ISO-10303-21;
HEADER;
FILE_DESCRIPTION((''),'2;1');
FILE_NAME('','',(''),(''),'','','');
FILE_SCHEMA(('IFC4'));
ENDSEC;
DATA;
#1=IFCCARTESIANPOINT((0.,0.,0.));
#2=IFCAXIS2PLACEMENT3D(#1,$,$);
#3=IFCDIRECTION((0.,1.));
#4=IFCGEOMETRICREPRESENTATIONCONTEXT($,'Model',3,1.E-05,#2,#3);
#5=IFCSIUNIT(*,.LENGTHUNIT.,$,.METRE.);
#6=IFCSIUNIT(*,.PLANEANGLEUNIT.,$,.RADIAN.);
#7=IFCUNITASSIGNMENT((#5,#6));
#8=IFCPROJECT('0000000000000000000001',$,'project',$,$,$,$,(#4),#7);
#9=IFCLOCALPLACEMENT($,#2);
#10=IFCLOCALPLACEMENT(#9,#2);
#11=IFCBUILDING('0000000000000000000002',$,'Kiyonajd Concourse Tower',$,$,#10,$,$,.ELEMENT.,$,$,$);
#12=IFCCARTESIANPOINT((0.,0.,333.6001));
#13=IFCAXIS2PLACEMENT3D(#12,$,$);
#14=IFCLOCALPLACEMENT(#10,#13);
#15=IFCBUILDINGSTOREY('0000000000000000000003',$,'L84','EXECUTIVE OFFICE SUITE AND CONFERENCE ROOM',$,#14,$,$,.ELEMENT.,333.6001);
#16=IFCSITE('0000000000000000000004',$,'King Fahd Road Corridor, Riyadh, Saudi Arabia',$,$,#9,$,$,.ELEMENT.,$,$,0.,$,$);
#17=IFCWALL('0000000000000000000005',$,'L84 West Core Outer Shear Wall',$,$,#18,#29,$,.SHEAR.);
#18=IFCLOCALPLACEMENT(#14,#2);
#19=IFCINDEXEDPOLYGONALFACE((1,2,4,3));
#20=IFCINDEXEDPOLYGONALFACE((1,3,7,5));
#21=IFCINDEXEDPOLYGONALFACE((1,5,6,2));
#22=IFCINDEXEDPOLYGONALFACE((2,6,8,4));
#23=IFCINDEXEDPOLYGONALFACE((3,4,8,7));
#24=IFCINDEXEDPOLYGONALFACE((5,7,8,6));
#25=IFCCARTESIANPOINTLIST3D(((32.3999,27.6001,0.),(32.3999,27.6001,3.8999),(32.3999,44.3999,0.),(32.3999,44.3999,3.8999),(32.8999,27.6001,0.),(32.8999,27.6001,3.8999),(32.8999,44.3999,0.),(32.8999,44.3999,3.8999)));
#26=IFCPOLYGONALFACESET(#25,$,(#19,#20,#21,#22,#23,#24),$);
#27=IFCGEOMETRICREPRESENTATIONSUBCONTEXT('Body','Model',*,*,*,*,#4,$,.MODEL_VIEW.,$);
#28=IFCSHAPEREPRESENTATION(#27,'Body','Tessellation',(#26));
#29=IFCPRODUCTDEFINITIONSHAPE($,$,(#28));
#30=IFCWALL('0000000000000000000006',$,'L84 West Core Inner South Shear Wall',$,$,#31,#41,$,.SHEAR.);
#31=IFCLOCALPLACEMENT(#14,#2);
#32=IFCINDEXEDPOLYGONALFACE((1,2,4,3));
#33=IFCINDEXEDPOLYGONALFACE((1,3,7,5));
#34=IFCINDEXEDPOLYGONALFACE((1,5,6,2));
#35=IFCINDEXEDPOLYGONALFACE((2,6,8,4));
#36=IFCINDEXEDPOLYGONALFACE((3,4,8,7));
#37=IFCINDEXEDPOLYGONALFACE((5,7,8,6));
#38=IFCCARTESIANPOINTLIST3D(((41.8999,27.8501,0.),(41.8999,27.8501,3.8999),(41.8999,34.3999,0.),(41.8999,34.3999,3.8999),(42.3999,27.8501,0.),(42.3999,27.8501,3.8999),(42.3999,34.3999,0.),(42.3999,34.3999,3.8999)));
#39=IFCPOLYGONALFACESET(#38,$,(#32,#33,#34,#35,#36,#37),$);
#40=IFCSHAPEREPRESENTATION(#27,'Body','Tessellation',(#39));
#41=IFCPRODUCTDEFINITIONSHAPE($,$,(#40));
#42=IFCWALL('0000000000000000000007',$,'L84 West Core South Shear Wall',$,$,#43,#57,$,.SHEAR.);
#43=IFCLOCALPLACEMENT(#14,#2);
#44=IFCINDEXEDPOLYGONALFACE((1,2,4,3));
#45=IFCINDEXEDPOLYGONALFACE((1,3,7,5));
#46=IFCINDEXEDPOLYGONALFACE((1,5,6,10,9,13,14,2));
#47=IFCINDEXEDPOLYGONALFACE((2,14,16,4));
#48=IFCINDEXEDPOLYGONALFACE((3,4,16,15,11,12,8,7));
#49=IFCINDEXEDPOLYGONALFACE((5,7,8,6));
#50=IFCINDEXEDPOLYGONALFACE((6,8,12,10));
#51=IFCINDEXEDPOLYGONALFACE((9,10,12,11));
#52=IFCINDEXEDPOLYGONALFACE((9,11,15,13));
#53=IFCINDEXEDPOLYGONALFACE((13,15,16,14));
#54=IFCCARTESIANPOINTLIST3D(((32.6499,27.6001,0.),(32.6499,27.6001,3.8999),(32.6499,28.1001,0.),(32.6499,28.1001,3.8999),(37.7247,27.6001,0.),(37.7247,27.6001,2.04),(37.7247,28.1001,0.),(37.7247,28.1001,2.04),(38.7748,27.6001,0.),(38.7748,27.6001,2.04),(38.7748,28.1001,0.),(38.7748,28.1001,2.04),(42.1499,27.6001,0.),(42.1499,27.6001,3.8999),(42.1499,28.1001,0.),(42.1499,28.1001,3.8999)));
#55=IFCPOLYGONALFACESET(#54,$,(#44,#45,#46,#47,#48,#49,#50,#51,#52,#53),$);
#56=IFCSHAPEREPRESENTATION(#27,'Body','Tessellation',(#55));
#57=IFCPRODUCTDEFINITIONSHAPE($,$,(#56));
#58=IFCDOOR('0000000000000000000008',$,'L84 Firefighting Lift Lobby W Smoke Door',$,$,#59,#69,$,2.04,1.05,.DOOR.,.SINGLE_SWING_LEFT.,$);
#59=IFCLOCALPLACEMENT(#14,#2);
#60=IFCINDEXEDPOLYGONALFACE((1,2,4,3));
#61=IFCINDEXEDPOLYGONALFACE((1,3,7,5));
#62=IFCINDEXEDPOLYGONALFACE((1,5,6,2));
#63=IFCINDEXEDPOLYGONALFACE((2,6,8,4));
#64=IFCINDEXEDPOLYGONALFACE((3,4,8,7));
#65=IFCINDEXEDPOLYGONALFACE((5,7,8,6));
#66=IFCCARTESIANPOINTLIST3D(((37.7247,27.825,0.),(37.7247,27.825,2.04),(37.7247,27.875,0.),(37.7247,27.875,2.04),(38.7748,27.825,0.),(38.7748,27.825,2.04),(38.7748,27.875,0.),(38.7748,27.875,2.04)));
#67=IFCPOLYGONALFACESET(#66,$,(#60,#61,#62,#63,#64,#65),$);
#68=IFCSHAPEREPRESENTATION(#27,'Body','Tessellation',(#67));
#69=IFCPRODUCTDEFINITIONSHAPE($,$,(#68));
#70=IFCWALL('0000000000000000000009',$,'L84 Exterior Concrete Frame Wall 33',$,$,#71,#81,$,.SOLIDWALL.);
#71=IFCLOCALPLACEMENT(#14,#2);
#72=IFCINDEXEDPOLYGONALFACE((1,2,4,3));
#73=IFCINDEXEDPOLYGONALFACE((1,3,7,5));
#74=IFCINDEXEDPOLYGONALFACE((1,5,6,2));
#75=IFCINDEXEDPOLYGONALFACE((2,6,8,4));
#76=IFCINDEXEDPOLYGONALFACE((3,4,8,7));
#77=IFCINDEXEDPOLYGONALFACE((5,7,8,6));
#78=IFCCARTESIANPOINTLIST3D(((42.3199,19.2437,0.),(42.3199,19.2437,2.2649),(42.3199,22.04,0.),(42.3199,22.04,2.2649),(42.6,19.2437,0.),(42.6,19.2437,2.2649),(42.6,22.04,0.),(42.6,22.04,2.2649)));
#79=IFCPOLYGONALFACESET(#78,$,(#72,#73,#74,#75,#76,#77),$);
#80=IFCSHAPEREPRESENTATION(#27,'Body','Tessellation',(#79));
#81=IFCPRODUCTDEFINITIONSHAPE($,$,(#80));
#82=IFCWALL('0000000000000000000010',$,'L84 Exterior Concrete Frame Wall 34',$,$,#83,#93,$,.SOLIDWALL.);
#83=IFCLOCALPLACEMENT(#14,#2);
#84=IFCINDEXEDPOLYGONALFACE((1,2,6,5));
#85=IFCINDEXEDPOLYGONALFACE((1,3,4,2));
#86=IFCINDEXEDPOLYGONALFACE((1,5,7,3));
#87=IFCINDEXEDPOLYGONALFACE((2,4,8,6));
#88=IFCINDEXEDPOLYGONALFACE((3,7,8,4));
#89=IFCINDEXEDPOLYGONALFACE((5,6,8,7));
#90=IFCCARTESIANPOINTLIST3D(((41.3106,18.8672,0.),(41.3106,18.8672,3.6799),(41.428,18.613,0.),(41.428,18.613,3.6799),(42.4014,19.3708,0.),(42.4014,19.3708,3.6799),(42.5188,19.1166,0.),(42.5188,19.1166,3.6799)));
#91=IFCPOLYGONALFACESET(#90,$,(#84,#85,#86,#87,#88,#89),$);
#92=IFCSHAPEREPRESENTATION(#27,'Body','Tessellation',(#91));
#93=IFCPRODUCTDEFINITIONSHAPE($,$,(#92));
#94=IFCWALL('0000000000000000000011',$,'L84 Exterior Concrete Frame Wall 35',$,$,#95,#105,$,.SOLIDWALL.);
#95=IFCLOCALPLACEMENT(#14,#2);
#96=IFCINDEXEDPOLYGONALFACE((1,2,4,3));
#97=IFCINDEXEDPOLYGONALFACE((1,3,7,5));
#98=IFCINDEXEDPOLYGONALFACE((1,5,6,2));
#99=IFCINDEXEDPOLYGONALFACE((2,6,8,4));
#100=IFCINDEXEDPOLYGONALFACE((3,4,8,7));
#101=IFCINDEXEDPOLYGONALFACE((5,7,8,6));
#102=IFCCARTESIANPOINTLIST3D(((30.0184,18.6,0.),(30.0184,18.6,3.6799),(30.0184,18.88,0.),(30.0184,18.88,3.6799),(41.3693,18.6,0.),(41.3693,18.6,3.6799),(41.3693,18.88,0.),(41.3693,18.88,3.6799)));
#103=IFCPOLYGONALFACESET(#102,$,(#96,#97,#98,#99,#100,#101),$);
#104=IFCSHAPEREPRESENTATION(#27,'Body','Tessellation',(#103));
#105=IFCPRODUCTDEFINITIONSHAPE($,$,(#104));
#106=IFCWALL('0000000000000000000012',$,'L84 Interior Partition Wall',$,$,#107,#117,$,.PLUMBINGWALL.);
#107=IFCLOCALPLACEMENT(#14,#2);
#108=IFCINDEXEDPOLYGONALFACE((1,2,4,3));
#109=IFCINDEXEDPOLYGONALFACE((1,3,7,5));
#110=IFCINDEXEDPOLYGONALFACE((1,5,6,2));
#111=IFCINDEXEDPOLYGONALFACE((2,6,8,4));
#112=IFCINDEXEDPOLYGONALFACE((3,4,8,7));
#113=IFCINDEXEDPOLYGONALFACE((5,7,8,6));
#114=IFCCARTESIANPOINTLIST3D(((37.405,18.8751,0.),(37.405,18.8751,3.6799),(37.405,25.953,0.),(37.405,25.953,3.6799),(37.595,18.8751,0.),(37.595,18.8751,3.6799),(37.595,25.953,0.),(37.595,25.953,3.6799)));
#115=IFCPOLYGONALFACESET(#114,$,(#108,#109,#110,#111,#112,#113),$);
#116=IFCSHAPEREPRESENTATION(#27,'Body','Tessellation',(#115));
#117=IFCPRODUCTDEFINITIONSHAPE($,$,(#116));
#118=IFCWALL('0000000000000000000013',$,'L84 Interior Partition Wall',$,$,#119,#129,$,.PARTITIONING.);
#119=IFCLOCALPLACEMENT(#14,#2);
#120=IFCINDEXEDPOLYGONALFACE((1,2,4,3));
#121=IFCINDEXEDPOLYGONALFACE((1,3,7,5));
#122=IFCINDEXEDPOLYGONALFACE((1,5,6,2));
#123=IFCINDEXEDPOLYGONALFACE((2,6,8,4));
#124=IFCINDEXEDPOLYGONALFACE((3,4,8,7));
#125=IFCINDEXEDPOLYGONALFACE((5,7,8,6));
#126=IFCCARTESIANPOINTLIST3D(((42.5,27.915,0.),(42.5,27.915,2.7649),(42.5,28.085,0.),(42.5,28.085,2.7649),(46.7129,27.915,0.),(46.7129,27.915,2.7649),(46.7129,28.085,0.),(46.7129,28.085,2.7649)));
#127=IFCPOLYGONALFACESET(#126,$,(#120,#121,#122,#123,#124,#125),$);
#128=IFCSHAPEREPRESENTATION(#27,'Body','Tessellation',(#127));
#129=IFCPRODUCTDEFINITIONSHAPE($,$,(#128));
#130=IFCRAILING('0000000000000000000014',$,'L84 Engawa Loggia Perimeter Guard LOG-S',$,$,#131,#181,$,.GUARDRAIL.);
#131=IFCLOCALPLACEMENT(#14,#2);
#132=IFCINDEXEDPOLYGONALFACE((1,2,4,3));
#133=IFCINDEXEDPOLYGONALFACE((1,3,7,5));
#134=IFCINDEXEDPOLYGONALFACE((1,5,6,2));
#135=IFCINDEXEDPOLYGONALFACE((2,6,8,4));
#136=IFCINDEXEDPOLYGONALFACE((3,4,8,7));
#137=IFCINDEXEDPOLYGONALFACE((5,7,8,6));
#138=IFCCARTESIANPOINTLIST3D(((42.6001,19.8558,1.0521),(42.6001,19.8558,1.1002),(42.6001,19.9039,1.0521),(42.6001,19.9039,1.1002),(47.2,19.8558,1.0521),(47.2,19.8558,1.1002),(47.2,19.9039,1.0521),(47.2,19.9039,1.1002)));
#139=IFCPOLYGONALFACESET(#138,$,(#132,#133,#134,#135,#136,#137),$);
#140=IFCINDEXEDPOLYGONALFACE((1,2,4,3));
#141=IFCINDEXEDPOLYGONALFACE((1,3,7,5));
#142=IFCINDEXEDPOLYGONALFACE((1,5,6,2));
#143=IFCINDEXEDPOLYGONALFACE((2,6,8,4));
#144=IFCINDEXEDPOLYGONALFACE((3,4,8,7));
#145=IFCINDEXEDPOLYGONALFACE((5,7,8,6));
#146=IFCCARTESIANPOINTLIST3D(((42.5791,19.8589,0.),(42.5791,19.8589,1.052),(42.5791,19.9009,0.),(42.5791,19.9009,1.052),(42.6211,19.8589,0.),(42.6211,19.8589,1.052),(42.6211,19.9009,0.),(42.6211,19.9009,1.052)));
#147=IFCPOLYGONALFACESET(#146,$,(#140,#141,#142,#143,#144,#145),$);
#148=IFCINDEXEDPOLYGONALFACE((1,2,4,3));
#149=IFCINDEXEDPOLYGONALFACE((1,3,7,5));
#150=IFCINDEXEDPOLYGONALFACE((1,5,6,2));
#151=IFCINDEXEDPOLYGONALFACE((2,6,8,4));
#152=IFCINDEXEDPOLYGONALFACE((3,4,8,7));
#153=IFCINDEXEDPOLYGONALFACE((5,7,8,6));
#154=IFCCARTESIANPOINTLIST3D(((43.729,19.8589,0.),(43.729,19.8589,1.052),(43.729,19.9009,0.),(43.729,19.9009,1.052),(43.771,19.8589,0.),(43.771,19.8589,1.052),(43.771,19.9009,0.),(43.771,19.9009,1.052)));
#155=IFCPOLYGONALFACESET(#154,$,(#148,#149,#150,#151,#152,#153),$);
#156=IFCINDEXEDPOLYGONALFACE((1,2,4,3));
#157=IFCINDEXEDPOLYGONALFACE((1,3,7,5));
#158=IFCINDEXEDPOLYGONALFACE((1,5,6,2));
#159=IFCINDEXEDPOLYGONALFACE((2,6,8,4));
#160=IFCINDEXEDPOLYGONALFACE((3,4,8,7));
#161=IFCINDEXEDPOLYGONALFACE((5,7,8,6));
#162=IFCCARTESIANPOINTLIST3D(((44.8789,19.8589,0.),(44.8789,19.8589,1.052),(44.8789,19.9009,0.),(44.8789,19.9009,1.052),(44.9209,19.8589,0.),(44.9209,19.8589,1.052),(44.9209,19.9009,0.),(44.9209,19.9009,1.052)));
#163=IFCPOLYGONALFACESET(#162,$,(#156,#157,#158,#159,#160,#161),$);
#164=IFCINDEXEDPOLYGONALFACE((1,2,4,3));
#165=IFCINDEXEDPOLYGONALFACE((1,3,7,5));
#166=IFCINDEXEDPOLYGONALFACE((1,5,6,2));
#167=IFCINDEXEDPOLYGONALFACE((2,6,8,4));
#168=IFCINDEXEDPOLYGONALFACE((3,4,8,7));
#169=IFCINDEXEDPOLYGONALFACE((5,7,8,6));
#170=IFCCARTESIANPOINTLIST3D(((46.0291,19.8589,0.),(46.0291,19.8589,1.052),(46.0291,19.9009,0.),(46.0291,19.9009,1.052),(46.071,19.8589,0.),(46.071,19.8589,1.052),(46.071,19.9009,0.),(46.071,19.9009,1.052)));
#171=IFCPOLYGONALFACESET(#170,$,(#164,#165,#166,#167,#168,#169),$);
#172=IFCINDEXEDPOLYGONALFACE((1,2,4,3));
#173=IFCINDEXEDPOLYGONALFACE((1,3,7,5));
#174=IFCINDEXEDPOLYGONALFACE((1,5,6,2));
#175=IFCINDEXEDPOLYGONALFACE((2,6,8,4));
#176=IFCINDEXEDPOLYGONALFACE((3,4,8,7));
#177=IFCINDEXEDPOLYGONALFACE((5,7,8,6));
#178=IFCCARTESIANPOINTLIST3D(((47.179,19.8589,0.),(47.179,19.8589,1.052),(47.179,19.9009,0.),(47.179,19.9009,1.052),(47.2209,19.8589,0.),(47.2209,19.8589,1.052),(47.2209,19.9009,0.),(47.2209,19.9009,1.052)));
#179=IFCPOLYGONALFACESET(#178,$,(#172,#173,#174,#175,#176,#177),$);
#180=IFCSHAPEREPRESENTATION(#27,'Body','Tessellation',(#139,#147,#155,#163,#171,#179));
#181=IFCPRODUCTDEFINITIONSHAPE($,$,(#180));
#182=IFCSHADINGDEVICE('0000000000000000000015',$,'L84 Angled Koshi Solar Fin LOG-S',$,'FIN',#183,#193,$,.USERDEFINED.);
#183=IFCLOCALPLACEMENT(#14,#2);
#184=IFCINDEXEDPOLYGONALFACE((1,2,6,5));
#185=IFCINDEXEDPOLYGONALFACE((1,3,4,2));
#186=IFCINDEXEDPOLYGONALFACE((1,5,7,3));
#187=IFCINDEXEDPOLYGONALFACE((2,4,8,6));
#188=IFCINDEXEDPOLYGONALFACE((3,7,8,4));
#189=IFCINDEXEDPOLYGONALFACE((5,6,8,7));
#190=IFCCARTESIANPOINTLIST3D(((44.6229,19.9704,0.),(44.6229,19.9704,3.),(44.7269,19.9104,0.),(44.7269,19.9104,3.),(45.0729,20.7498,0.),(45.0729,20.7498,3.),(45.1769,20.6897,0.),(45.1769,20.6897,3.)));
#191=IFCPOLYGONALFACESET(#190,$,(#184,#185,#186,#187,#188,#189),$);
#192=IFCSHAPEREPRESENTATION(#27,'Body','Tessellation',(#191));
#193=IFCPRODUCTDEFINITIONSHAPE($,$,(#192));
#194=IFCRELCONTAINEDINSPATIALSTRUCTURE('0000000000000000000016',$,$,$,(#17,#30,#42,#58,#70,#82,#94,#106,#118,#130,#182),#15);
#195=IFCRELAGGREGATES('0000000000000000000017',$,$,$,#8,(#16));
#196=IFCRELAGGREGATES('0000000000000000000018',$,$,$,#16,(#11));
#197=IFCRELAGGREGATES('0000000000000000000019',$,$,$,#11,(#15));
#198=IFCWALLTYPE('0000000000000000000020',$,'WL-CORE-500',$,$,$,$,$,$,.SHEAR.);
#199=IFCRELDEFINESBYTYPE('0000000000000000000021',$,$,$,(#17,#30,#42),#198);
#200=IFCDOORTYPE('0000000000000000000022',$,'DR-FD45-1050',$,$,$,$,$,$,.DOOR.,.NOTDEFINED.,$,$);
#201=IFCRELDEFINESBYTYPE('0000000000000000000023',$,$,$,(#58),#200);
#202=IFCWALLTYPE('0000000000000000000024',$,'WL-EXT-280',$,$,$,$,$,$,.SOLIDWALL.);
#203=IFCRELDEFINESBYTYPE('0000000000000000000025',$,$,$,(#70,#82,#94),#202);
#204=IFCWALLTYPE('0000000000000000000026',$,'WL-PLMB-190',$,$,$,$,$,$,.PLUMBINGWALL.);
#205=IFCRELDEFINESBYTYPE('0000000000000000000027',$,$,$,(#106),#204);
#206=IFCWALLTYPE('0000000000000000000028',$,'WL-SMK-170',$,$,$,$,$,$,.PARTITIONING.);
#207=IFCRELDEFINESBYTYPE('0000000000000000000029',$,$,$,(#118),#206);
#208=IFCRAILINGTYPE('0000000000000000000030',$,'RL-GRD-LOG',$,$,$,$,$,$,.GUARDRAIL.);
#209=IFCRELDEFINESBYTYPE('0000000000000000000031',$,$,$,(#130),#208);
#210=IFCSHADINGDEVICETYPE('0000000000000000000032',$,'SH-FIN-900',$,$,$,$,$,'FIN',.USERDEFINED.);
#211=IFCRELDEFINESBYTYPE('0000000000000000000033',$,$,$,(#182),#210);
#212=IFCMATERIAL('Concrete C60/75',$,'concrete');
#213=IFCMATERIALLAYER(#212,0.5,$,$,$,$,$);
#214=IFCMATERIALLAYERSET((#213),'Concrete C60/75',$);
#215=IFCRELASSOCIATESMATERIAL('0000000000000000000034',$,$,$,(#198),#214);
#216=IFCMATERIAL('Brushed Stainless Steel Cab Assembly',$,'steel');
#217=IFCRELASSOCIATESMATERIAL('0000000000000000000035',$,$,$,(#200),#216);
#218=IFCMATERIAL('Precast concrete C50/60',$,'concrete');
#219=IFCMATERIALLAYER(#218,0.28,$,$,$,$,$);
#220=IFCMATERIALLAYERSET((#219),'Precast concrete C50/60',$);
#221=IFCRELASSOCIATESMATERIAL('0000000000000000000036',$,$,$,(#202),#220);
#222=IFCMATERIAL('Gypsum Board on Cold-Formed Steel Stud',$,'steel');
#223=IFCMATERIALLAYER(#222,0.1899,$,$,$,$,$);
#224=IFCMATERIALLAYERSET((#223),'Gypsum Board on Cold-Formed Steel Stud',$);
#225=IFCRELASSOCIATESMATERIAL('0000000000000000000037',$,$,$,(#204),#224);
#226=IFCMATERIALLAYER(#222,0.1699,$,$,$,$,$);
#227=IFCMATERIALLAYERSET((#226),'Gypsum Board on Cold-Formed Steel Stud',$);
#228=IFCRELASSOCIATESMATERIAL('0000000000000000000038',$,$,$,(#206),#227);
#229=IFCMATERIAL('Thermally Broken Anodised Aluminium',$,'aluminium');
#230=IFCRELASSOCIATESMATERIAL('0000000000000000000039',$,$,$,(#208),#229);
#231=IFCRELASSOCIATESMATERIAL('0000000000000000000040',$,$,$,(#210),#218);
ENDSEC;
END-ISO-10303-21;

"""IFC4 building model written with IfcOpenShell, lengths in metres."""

from ifc_helpers import new_model, si_unit, direction, frame, frame_2d, origin, origin_2d, place, context, subcontext, project, spatial, rectangle, extrude, material, layer, layer_set, type_object, element, fill, save


model = new_model("IFC4")

# Units and contexts
model_context = context("Model", 3, precision=1e-05, world=origin(), true_north=direction((0.0, 1.0)))
body_context = subcontext(model_context, "Body", "Model", "MODEL_VIEW")
ifc_project = project(units=[si_unit("LENGTHUNIT", "METRE"), si_unit("PLANEANGLEUNIT", "RADIAN")], contexts=[model_context])

# Site, building, storey
site_placement = place(None, origin())
site = spatial("IfcSite", under=ifc_project, at=site_placement, Name="King Fahd Road Corridor, Riyadh, Saudi Arabia", CompositionType="ELEMENT", RefElevation=0.0)
building_placement = place(site_placement, origin())
building = spatial("IfcBuilding", under=site, at=building_placement, Name="Kiyonajd Concourse Tower", CompositionType="ELEMENT")
storey_placement = place(building_placement, frame((0.0, 0.0, 333.6001)))
storey = spatial("IfcBuildingStorey", under=building, at=storey_placement, Name="L84", Description="EXECUTIVE OFFICE SUITE AND CONFERENCE ROOM", CompositionType="ELEMENT", Elevation=333.6001)

# Shared definitions
ifc_material_1 = material(Name="Concrete C60/75", Category="concrete")

# Shared definitions
ifc_material_2 = material(Name="Thermally Broken Anodised Aluminium", Category="aluminium")

# Walls
ifc_layer_1 = layer(ifc_material_1, 0.5)
ifc_layer_set_1 = layer_set([ifc_layer_1], Name="Concrete C60/75")
wall_type_1 = type_object("IfcWallType", Name="WL-CORE-500", PredefinedType="SHEAR", material=ifc_layer_set_1)
wall_1_placement = place(storey_placement, frame((32.6499, 27.6001, 0.0), z_axis=(0.0, 0.0, 1.0), x_axis=(0.0, 1.0, 0.0)))
element("IfcWall", 1, at=wall_1_placement, inside=storey, type_object=wall_type_1, Name="L84 West Core Outer Shear Wall", PredefinedType="SHEAR", context=body_context, shape_type="SweptSolid", body=[
    extrude(rectangle(XDim=16.7998, YDim=0.5, at=frame_2d((8.3999, 0.0))), origin(), (0.0, 0.0, 1.0), 3.8999),
])
wall_2_placement = place(storey_placement, frame((42.1499, 27.8501, 0.0), z_axis=(0.0, 0.0, 1.0), x_axis=(0.0, 1.0, 0.0)))
element("IfcWall", 2, at=wall_2_placement, inside=storey, type_object=wall_type_1, Name="L84 West Core Inner South Shear Wall", PredefinedType="SHEAR", context=body_context, shape_type="SweptSolid", body=[
    extrude(rectangle(XDim=6.5498, YDim=0.5, at=frame_2d((3.2749, 0.0))), origin(), (0.0, 0.0, 1.0), 3.8999),
])

# Wall, opening, door
wall_3_placement = place(storey_placement, frame((32.6499, 27.8501, 0.0), z_axis=(0.0, 0.0, 1.0), x_axis=(1.0, 0.0, 0.0)))
wall_3 = element("IfcWall", 3, at=wall_3_placement, inside=storey, type_object=wall_type_1, Name="L84 West Core South Shear Wall", PredefinedType="SHEAR", context=body_context, shape_type="SweptSolid", body=[
    extrude(rectangle(XDim=9.5, YDim=0.5, at=frame_2d((4.75, 0.0))), origin(), (0.0, 0.0, 1.0), 3.8999),
])
opening_placement = place(wall_3_placement, frame((5.075, 0.0, 0.0)))
opening = element("IfcOpeningElement", 4, at=opening_placement, cuts=wall_3, PredefinedType="OPENING", context=body_context, shape_type="SweptSolid", body=[
    extrude(rectangle(XDim=1.05, YDim=2.04, at=frame_2d((0.5249, 1.02))), frame((0.0, 0.26, 0.0), z_axis=(0.0, -1.0, 0.0), x_axis=(1.0, 0.0, 0.0)), (0.0, 0.0, 1.0), 0.52),
])
ifc_material_3 = material(Name="Brushed Stainless Steel Cab Assembly", Category="steel")
door_type = type_object("IfcDoorType", Name="DR-FD45-1050", OperationType="NOTDEFINED", PredefinedType="DOOR", material=ifc_material_3)
door_placement = place(opening_placement, origin())
door = element("IfcDoor", 5, at=door_placement, inside=storey, type_object=door_type, Name="L84 Firefighting Lift Lobby W Smoke Door", OperationType="SINGLE_SWING_LEFT", OverallHeight=2.04, OverallWidth=1.05, PredefinedType="DOOR", context=body_context, shape_type="SweptSolid", body=[
    extrude(rectangle(XDim=1.05, YDim=2.04, at=frame_2d((0.5249, 1.02))), frame((0.0, 0.0249, 0.0), z_axis=(0.0, -1.0, 0.0), x_axis=(1.0, 0.0, 0.0)), (0.0, 0.0, 1.0), 0.05),
])
fill(opening, door)

# Walls
ifc_material_4 = material(Name="Precast concrete C50/60", Category="concrete")
ifc_layer_2 = layer(ifc_material_4, 0.28)
ifc_layer_set_2 = layer_set([ifc_layer_2], Name="Precast concrete C50/60")
wall_type_2 = type_object("IfcWallType", Name="WL-EXT-280", PredefinedType="SOLIDWALL", material=ifc_layer_set_2)
wall_4_placement = place(storey_placement, frame((42.46, 22.04, 0.0), z_axis=(0.0, 0.0, 1.0), x_axis=(0.0, -1.0, 0.0)))
element("IfcWall", 6, at=wall_4_placement, inside=storey, type_object=wall_type_2, Name="L84 Exterior Concrete Frame Wall 33", PredefinedType="SOLIDWALL", context=body_context, shape_type="SweptSolid", body=[
    extrude(rectangle(XDim=2.7964, YDim=0.28, at=frame_2d((1.3982, 0.0))), origin(), (0.0, 0.0, 1.0), 2.2649),
])
wall_5_placement = place(storey_placement, frame((42.46, 19.2437, 0.0), z_axis=(0.0, 0.0, 1.0), x_axis=(-0.907894, -0.4192, 0.0)))
element("IfcWall", 7, at=wall_5_placement, inside=storey, type_object=wall_type_2, Name="L84 Exterior Concrete Frame Wall 34", PredefinedType="SOLIDWALL", context=body_context, shape_type="SweptSolid", body=[
    extrude(rectangle(XDim=1.2014, YDim=0.28, at=frame_2d((0.6006, 0.0))), origin(), (0.0, 0.0, 1.0), 3.6799),
])
wall_6_placement = place(storey_placement, frame((41.3691, 18.74, 0.0), z_axis=(0.0, 0.0, 1.0), x_axis=(-1.0, 0.0, 0.0)))
element("IfcWall", 8, at=wall_6_placement, inside=storey, type_object=wall_type_2, Name="L84 Exterior Concrete Frame Wall 35", PredefinedType="SOLIDWALL", context=body_context, shape_type="SweptSolid", body=[
    extrude(rectangle(XDim=11.3508, YDim=0.28, at=frame_2d((5.6753, 0.0))), origin(), (0.0, 0.0, 1.0), 3.6799),
])
ifc_material_5 = material(Name="Gypsum Board on Cold-Formed Steel Stud", Category="steel")
ifc_layer_3 = layer(ifc_material_5, 0.1899)
ifc_layer_set_3 = layer_set([ifc_layer_3], Name="Gypsum Board on Cold-Formed Steel Stud")
wall_type_3 = type_object("IfcWallType", Name="WL-PLMB-190", PredefinedType="PLUMBINGWALL", material=ifc_layer_set_3)
wall_7_placement = place(storey_placement, frame((37.5, 18.875, 0.0), z_axis=(0.0, 0.0, 1.0), x_axis=(0.0, 1.0, 0.0)))
element("IfcWall", 9, at=wall_7_placement, inside=storey, type_object=wall_type_3, Name="L84 Interior Partition Wall", PredefinedType="PLUMBINGWALL", context=body_context, shape_type="SweptSolid", body=[
    extrude(rectangle(XDim=7.0779, YDim=0.1899, at=frame_2d((3.5391, 0.0))), origin(), (0.0, 0.0, 1.0), 3.6799),
])
ifc_layer_4 = layer(ifc_material_5, 0.1699)
ifc_layer_set_4 = layer_set([ifc_layer_4], Name="Gypsum Board on Cold-Formed Steel Stud")
wall_type_4 = type_object("IfcWallType", Name="WL-SMK-170", PredefinedType="PARTITIONING", material=ifc_layer_set_4)
wall_8_placement = place(storey_placement, frame((42.5, 28.0, 0.0), z_axis=(0.0, 0.0, 1.0), x_axis=(1.0, 0.0, 0.0)))
element("IfcWall", 10, at=wall_8_placement, inside=storey, type_object=wall_type_4, Name="L84 Interior Partition Wall", PredefinedType="PARTITIONING", context=body_context, shape_type="SweptSolid", body=[
    extrude(rectangle(XDim=4.2129, YDim=0.1699, at=frame_2d((2.1064, 0.0))), origin(), (0.0, 0.0, 1.0), 2.7649),
])

# Railing
railing_type = type_object("IfcRailingType", Name="RL-GRD-LOG", PredefinedType="GUARDRAIL", material=ifc_material_2)
railing_placement = place(storey_placement, frame((42.6001, 19.8799, 0.0)))
element("IfcRailing", 11, at=railing_placement, inside=storey, type_object=railing_type, Name="L84 Engawa Loggia Perimeter Guard LOG-S", PredefinedType="GUARDRAIL", context=body_context, shape_type="SweptSolid", body=[
    extrude(rectangle(XDim=0.0481, YDim=0.0481, at=origin_2d()), frame((0.0, 0.0, 1.0762), z_axis=(1.0, 0.0, 0.0), x_axis=(0.0, 1.0, 0.0)), (0.0, 0.0, 1.0), 4.5999),
    extrude(rectangle(XDim=0.042, YDim=0.042, at=origin_2d()), origin(), (0.0, 0.0, 1.0), 1.052),
    extrude(rectangle(XDim=0.042, YDim=0.042, at=origin_2d()), frame((1.1499, 0.0, 0.0)), (0.0, 0.0, 1.0), 1.052),
    extrude(rectangle(XDim=0.042, YDim=0.042, at=origin_2d()), frame((2.2998, 0.0, 0.0)), (0.0, 0.0, 1.0), 1.052),
    extrude(rectangle(XDim=0.042, YDim=0.042, at=origin_2d()), frame((3.45, 0.0, 0.0)), (0.0, 0.0, 1.0), 1.052),
    extrude(rectangle(XDim=0.042, YDim=0.042, at=origin_2d()), frame((4.5999, 0.0, 0.0)), (0.0, 0.0, 1.0), 1.052),
])

# Shading device
shading_device_type_1 = type_object("IfcShadingDeviceType", Name="SH-FIN-900", ElementType="FIN", PredefinedType="USERDEFINED", material=ifc_material_4)
shading_device_1_placement = place(storey_placement, frame((44.8999, 20.3301, 0.0), z_axis=(0.0, 0.0, 1.0), x_axis=(0.5, 0.866025, 0.0)))
element("IfcShadingDevice", 12, at=shading_device_1_placement, inside=storey, type_object=shading_device_type_1, Name="L84 Angled Koshi Solar Fin LOG-S", ObjectType="FIN", PredefinedType="USERDEFINED", context=body_context, shape_type="SweptSolid", body=[
    extrude(rectangle(XDim=0.8999, YDim=0.1201, at=origin_2d()), origin(), (0.0, 0.0, 1.0), 3.0),
])

save(model, "model.ifc")
